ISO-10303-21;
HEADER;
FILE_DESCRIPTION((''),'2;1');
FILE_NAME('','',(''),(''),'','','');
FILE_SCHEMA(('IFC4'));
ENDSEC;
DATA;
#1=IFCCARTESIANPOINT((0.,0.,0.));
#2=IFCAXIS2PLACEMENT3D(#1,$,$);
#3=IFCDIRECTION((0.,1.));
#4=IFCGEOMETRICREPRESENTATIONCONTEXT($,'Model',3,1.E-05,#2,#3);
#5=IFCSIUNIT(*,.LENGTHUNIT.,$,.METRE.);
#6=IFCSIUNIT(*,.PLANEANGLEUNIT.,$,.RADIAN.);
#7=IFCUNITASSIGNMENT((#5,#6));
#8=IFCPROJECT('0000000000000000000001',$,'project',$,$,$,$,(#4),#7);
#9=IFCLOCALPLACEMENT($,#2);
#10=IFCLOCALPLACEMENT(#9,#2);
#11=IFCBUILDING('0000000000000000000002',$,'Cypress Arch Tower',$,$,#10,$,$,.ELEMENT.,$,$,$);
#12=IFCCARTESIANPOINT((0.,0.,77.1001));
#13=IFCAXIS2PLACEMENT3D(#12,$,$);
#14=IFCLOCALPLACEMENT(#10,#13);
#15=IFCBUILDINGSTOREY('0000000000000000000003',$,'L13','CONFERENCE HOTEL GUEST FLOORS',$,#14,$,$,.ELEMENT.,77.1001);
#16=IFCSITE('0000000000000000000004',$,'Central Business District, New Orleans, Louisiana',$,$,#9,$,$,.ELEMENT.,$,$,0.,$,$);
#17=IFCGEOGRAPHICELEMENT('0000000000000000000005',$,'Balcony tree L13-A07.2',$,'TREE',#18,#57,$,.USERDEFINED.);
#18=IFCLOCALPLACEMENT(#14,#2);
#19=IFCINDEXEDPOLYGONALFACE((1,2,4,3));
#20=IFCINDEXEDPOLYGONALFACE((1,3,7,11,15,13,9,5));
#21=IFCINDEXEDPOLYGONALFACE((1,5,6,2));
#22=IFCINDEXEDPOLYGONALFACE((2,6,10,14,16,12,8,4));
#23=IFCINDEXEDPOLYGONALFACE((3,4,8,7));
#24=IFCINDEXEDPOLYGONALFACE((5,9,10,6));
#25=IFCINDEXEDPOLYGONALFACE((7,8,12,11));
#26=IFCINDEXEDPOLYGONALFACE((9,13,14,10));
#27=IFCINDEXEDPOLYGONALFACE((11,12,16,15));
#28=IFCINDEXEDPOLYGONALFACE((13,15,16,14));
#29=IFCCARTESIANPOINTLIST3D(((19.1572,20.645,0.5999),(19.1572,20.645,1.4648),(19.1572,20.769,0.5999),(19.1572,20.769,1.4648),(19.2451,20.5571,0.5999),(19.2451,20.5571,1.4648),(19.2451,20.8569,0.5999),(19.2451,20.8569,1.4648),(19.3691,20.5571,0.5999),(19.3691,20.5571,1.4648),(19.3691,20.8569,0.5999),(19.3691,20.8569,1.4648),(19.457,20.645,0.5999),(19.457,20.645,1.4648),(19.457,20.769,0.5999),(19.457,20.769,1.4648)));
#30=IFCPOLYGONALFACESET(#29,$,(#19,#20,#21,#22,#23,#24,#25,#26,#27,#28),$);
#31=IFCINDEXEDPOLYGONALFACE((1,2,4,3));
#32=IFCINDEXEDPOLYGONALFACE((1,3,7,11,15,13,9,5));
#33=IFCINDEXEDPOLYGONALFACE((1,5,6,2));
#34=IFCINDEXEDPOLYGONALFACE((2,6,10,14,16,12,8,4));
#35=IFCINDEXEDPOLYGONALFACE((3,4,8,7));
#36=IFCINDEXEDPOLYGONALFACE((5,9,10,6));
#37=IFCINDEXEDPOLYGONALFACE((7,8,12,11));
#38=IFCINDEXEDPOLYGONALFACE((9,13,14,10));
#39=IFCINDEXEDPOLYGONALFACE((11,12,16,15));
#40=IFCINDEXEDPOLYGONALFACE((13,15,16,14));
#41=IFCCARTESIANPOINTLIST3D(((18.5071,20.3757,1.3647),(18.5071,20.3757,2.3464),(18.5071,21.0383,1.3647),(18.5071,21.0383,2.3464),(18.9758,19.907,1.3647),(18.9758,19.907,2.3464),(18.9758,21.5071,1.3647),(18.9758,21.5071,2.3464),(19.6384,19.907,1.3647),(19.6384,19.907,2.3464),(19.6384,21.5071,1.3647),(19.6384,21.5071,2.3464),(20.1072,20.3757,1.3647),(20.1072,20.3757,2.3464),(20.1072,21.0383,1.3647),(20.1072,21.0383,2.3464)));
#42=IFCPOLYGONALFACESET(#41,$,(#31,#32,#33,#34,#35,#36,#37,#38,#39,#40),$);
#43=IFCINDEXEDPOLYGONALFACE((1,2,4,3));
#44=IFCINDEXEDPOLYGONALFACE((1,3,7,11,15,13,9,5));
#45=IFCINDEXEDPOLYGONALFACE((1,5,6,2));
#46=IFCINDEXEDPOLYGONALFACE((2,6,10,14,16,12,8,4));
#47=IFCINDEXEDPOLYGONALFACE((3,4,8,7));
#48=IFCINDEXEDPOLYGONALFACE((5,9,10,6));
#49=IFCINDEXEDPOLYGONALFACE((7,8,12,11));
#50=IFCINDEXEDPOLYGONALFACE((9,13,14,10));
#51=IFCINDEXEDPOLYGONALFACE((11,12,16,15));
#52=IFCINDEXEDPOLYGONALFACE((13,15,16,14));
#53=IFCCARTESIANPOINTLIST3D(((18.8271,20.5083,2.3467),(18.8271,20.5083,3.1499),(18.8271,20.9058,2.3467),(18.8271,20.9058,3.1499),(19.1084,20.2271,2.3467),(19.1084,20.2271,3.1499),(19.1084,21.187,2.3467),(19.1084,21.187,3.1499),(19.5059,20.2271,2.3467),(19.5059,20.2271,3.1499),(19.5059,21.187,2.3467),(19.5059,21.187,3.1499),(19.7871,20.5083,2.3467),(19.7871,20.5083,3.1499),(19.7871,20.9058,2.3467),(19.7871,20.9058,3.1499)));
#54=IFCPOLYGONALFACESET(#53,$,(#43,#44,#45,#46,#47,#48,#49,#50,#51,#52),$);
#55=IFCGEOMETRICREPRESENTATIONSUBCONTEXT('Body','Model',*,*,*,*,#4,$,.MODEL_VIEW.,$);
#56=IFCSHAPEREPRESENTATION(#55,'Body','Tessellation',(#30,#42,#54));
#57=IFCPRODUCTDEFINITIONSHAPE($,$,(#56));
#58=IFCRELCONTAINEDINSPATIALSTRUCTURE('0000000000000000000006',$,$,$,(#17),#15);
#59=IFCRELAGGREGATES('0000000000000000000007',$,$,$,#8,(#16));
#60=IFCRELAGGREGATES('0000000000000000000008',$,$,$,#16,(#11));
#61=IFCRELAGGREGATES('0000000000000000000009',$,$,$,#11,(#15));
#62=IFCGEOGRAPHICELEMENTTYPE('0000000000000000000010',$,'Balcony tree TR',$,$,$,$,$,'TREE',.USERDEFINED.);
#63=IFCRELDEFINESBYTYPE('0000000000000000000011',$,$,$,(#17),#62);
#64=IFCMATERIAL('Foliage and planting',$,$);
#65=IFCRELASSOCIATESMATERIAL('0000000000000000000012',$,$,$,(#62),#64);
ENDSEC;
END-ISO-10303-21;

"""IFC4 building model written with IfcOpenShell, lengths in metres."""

from ifc_helpers import new_model, si_unit, direction, frame, origin, place, context, subcontext, project, spatial, polyline, outline, extrude, material, type_object, element, save


model = new_model("IFC4")

# Units and contexts
model_context = context("Model", 3, precision=1e-05, world=origin(), true_north=direction((0.0, 1.0)))
body_context = subcontext(model_context, "Body", "Model", "MODEL_VIEW")
ifc_project = project(units=[si_unit("LENGTHUNIT", "METRE"), si_unit("PLANEANGLEUNIT", "RADIAN")], contexts=[model_context])

# Site, building, storey
site_placement = place(None, origin())
site = spatial("IfcSite", under=ifc_project, at=site_placement, Name="Central Business District, New Orleans, Louisiana", CompositionType="ELEMENT", RefElevation=0.0)
building_placement = place(site_placement, origin())
building = spatial("IfcBuilding", under=site, at=building_placement, Name="Cypress Arch Tower", CompositionType="ELEMENT")
storey_placement = place(building_placement, frame((0.0, 0.0, 77.1001)))
storey = spatial("IfcBuildingStorey", under=building, at=storey_placement, Name="L13", Description="CONFERENCE HOTEL GUEST FLOORS", CompositionType="ELEMENT", Elevation=77.1001)

# Geographic element
ifc_material_1 = material(Name="Foliage and planting")
geographic_element_type = type_object("IfcGeographicElementType", Name="Balcony tree TR", ElementType="TREE", PredefinedType="USERDEFINED", material=ifc_material_1)
geographic_element_placement = place(storey_placement, frame((19.3071, 20.707, 0.5999), z_axis=(0.0, 0.0, 1.0), x_axis=(1.0, 0.0, 0.0)))
element("IfcGeographicElement", 1, at=geographic_element_placement, inside=storey, type_object=geographic_element_type, Name="Balcony tree L13-A07.2", ObjectType="TREE", PredefinedType="USERDEFINED", context=body_context, shape_type="SweptSolid", body=[
    extrude(outline(polyline([(0.1499, 0.062), (0.062, 0.1499), (-0.062, 0.1499), (-0.1499, 0.062), (-0.1499, -0.062), (-0.062, -0.1499), (0.062, -0.1499), (0.1499, -0.062), (0.1499, 0.062)])), origin(), (0.0, 0.0, 1.0), 0.865),
    extrude(outline(polyline([(0.8, 0.3313), (0.3313, 0.8), (-0.3313, 0.8), (-0.8, 0.3313), (-0.8, -0.3313), (-0.3313, -0.8), (0.3313, -0.8), (0.8, -0.3313), (0.8, 0.3313)])), frame((0.0, 0.0, 0.7649)), (0.0, 0.0, 1.0), 0.9817),
    extrude(outline(polyline([(0.48, 0.1987), (0.1987, 0.48), (-0.1987, 0.48), (-0.48, 0.1987), (-0.48, -0.1987), (-0.1987, -0.48), (0.1987, -0.48), (0.48, -0.1987), (0.48, 0.1987)])), frame((0.0, 0.0, 1.7468)), (0.0, 0.0, 1.0), 0.8032),
])

save(model, "model.ifc")
